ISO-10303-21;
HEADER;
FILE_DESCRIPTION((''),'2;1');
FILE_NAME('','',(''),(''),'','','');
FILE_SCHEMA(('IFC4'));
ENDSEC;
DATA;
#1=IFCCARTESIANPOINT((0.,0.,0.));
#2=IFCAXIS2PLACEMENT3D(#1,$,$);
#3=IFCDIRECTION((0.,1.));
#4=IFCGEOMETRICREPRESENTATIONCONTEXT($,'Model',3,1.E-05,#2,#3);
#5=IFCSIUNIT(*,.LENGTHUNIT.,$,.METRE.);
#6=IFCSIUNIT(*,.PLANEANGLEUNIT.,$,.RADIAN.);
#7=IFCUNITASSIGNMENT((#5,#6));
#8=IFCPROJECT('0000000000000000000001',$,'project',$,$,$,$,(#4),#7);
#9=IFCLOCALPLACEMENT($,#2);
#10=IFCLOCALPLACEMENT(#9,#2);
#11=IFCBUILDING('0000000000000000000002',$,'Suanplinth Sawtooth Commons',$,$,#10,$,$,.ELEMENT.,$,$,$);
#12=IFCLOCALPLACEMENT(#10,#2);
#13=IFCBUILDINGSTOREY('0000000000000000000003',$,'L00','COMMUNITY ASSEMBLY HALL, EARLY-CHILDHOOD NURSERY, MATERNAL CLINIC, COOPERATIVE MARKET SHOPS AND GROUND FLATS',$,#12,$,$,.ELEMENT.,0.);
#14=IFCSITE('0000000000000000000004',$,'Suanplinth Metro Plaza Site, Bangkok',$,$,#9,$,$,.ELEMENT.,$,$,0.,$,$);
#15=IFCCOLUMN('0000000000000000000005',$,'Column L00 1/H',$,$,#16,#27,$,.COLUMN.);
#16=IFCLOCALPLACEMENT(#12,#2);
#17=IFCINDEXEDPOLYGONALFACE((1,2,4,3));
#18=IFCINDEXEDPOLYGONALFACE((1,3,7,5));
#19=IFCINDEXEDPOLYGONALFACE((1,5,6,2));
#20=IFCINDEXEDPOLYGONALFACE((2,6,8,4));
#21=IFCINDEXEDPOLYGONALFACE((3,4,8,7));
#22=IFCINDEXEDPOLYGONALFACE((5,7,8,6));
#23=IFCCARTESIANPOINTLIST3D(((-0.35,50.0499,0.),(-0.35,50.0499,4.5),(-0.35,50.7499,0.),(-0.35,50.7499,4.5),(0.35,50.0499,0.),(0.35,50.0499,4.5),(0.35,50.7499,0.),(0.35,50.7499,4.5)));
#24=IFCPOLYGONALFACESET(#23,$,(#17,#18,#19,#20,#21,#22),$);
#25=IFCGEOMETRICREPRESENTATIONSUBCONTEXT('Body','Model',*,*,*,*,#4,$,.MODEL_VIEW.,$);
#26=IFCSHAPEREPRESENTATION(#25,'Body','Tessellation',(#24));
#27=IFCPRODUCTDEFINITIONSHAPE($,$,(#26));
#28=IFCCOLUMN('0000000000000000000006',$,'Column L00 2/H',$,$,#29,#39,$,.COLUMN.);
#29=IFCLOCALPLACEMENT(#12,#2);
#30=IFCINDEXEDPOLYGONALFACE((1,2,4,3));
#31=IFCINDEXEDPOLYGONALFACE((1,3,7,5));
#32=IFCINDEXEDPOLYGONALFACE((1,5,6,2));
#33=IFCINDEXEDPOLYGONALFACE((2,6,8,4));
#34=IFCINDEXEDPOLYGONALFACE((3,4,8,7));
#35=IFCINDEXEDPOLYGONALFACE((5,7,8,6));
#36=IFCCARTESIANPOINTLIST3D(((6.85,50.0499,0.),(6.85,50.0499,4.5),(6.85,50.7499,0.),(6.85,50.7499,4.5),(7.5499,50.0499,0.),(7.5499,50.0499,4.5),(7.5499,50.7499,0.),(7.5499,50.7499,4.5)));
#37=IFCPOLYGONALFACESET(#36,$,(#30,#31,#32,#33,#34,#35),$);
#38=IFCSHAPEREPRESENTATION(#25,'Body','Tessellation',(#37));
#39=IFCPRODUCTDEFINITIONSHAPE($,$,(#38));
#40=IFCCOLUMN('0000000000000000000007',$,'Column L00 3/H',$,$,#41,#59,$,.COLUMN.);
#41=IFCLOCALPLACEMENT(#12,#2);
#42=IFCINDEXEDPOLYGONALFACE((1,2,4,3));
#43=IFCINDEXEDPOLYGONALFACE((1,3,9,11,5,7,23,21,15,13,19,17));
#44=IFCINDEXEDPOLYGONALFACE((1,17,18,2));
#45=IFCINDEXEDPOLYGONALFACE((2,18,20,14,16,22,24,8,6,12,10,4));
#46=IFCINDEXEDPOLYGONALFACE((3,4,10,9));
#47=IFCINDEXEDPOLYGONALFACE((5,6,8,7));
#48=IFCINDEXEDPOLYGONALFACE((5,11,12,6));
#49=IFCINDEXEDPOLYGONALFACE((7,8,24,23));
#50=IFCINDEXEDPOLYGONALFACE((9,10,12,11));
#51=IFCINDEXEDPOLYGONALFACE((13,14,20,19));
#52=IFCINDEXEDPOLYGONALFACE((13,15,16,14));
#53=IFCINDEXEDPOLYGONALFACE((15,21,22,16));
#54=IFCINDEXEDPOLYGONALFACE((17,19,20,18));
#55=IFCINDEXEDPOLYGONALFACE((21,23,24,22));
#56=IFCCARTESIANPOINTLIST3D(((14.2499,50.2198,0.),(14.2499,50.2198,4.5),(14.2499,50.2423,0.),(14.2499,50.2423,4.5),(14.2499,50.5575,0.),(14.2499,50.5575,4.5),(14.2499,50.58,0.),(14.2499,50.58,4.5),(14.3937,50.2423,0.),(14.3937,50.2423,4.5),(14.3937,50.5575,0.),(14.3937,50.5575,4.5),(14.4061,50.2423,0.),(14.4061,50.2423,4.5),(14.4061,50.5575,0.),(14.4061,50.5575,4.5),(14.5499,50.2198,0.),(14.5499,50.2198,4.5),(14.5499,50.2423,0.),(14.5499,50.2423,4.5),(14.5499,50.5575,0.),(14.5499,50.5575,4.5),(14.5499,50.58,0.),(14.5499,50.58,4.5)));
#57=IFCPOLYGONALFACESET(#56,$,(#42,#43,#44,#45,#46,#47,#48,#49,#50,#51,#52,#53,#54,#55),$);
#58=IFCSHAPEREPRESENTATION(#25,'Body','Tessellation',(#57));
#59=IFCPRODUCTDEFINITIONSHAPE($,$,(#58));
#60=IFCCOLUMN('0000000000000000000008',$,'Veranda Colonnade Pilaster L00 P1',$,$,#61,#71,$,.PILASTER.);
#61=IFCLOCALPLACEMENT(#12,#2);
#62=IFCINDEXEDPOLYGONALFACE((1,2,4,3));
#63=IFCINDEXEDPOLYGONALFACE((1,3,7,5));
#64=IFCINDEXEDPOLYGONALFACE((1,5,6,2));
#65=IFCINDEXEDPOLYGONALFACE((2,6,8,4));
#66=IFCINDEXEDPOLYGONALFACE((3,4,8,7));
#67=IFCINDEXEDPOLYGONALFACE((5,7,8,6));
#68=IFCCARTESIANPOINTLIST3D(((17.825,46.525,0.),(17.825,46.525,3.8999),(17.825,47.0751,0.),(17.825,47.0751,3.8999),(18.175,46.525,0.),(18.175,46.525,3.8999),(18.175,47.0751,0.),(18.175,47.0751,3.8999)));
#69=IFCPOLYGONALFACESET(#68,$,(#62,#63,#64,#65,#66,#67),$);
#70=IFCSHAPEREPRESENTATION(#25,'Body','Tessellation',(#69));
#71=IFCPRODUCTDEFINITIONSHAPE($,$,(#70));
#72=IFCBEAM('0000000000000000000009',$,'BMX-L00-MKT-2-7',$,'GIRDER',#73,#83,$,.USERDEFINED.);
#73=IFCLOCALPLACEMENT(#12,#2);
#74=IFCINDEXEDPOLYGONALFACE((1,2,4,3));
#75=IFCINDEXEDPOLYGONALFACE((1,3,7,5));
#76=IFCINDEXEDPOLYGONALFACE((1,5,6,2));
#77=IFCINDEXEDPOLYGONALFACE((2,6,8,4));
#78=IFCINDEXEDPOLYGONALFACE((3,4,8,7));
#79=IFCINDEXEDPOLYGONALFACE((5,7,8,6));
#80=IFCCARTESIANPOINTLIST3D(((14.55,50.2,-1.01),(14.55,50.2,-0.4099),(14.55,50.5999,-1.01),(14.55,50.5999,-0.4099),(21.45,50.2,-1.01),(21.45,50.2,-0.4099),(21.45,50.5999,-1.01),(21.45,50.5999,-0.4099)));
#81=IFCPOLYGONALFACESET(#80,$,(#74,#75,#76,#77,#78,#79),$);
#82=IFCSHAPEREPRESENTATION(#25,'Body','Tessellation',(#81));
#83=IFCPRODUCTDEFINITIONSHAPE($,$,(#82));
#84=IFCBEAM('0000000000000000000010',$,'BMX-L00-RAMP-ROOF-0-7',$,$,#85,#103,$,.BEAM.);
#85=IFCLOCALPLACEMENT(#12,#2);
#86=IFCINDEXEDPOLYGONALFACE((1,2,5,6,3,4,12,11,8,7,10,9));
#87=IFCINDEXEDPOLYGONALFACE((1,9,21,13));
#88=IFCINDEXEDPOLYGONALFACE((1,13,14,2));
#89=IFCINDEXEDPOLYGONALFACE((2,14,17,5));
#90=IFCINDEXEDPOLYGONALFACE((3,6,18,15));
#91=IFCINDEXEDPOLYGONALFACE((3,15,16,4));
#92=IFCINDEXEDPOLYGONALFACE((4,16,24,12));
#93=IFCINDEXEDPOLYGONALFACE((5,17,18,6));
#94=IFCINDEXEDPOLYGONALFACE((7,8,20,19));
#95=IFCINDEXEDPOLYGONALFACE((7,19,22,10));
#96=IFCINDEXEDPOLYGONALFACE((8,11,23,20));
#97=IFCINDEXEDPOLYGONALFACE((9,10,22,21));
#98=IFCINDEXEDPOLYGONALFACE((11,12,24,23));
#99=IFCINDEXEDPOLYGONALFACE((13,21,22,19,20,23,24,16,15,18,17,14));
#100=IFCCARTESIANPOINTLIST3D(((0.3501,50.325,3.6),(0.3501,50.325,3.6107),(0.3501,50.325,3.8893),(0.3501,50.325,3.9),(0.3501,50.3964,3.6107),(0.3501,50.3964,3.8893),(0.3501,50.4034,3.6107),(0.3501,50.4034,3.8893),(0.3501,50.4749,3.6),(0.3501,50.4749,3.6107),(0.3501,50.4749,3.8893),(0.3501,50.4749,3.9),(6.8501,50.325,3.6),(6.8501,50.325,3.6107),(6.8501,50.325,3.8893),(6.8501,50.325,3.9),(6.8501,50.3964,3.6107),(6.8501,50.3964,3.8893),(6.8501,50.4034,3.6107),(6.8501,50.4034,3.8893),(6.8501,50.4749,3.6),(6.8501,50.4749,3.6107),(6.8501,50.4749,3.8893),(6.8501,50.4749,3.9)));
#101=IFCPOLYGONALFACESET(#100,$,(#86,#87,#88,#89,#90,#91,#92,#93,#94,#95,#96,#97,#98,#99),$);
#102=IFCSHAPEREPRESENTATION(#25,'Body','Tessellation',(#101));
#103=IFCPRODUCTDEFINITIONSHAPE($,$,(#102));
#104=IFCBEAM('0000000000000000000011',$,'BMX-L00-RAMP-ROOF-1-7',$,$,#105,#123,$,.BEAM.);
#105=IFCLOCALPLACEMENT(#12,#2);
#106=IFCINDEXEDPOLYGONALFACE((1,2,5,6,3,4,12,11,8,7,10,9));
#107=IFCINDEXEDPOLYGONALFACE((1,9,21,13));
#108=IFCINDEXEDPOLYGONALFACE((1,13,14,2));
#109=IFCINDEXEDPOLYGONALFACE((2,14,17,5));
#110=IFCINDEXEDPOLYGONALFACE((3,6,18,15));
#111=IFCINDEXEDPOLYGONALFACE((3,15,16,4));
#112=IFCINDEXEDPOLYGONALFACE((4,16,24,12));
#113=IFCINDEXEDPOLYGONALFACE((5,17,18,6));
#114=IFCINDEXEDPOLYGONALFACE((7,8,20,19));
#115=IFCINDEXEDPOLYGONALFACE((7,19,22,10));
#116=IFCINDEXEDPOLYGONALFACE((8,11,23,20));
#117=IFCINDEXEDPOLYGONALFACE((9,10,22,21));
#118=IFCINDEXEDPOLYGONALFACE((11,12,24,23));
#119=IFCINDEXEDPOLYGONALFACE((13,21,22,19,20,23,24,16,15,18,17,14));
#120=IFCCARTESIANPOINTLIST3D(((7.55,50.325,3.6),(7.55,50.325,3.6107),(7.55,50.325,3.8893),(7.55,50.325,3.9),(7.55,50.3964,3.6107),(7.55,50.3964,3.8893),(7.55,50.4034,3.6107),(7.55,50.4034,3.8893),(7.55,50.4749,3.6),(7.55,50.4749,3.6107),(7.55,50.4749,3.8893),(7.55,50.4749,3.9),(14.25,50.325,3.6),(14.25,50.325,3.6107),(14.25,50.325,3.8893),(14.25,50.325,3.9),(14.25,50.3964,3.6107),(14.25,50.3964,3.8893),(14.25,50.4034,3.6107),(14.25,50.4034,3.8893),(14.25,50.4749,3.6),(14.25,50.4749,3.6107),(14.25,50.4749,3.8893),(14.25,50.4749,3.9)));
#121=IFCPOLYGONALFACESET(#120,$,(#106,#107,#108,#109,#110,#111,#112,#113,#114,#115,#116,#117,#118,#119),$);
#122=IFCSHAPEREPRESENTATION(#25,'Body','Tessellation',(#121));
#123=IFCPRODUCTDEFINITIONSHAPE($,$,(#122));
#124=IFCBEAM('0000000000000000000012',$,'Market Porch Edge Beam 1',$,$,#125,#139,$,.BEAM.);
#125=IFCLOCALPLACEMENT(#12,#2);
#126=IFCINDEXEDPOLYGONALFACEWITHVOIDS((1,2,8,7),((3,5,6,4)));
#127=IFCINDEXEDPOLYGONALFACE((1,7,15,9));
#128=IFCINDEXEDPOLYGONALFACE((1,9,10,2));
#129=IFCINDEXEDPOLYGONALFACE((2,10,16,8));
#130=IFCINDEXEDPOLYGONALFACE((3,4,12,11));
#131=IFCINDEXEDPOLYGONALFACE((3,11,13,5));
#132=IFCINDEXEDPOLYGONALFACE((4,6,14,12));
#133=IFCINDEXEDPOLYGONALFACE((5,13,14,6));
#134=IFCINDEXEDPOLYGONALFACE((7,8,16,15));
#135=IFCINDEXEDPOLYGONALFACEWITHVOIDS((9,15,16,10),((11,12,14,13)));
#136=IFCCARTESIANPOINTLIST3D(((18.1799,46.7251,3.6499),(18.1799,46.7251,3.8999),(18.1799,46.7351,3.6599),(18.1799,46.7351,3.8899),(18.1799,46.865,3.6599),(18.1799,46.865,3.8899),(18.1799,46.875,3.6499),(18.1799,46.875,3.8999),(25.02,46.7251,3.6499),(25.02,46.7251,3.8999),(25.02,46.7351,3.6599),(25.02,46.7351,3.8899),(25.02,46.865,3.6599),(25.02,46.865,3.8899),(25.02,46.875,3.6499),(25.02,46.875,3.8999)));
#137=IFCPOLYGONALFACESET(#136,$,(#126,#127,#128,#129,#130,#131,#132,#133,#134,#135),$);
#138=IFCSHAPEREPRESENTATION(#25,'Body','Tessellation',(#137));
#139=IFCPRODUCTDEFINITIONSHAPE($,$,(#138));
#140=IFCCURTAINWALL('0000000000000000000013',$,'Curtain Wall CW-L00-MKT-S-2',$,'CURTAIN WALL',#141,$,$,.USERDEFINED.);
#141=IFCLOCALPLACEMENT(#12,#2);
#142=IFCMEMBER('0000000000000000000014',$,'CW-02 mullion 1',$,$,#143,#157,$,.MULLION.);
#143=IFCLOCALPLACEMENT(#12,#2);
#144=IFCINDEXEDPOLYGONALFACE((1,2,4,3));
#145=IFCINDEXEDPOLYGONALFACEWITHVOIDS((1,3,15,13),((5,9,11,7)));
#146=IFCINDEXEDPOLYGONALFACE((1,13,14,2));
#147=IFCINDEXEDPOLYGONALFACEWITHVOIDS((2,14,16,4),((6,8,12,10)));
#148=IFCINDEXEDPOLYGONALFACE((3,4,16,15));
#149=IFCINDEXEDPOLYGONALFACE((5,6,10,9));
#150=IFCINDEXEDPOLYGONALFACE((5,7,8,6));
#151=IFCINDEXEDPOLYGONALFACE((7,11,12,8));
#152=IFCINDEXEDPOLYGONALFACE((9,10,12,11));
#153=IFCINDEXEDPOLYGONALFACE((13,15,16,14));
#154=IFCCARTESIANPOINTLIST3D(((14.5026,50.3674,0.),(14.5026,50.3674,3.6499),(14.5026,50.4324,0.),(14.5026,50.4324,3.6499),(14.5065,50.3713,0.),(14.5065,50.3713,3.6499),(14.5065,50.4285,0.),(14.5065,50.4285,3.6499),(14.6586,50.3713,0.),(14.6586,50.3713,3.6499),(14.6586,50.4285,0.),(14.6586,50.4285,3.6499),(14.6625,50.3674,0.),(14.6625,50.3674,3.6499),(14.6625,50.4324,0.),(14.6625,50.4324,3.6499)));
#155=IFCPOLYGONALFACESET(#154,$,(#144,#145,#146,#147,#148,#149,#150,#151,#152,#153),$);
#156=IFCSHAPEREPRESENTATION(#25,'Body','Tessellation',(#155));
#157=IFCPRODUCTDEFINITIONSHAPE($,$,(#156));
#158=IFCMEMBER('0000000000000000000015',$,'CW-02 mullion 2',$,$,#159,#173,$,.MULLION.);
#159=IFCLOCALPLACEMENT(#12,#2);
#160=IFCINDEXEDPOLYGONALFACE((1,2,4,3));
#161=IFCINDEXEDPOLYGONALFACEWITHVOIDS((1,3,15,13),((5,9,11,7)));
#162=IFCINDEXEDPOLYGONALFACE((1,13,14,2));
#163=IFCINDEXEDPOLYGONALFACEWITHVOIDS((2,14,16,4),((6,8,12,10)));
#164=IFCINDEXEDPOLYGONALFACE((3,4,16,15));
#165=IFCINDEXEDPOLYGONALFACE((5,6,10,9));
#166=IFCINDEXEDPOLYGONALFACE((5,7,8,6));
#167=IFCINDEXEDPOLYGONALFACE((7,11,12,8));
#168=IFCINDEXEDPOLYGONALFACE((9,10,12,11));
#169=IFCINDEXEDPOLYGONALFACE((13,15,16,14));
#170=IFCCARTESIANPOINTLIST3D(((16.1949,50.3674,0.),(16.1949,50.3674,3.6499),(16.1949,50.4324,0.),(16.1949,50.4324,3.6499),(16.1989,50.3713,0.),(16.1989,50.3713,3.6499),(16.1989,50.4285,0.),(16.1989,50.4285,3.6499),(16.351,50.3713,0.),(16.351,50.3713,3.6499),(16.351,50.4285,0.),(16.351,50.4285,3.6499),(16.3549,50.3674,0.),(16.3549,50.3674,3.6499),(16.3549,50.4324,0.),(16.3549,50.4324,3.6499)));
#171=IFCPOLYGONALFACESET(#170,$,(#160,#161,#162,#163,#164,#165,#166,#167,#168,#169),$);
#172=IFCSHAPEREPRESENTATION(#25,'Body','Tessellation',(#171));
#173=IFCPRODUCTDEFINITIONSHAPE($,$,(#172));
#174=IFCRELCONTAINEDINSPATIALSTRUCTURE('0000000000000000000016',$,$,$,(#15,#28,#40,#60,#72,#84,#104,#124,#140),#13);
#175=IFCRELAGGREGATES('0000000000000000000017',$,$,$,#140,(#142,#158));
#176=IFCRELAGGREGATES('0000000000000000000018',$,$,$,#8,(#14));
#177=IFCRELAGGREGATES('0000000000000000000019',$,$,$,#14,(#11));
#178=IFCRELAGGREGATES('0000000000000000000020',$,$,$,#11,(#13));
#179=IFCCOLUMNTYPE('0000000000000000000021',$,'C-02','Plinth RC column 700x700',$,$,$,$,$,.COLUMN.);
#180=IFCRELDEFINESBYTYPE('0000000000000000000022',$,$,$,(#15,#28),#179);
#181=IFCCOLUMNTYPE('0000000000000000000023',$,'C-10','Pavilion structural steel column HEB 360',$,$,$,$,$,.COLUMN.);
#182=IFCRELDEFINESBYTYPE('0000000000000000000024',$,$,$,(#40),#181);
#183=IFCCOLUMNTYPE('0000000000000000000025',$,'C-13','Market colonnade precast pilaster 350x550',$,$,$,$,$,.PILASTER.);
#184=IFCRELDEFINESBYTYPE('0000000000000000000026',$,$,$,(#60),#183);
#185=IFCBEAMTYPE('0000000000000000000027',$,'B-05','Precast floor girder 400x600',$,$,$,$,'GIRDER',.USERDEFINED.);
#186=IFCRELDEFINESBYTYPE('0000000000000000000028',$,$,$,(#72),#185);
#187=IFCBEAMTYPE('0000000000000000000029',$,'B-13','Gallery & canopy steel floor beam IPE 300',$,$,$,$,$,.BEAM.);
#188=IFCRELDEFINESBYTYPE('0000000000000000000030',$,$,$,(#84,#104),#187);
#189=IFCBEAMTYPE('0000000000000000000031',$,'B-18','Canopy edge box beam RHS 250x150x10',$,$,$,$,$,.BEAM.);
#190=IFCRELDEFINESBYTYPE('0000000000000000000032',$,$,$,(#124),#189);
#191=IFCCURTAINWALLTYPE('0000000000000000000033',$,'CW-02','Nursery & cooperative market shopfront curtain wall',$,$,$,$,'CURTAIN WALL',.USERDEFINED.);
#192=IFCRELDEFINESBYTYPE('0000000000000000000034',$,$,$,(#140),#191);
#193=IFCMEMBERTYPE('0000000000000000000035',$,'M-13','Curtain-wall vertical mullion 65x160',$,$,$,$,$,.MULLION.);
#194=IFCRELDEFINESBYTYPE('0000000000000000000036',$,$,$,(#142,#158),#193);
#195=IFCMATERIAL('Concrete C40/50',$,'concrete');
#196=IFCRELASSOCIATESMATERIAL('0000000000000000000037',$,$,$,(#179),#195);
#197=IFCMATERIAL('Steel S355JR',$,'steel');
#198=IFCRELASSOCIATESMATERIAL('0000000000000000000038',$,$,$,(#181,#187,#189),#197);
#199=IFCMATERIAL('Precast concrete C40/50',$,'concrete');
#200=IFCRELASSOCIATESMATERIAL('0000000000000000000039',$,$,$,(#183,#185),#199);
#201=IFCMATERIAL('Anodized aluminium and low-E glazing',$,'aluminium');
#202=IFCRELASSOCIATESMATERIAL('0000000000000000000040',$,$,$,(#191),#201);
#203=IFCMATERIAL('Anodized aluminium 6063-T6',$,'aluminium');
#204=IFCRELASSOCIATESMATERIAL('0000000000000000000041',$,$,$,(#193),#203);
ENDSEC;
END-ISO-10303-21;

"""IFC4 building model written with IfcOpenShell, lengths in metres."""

from ifc_helpers import new_model, si_unit, direction, frame, origin, origin_2d, place, context, subcontext, project, spatial, rectangle, hollow_rectangle, i_section, extrude, material, material_profile, profile_set, type_object, element, aggregate, save


model = new_model("IFC4")

# Units and contexts
model_context = context("Model", 3, precision=1e-05, world=origin(), true_north=direction((0.0, 1.0)))
body_context = subcontext(model_context, "Body", "Model", "MODEL_VIEW")
ifc_project = project(units=[si_unit("LENGTHUNIT", "METRE"), si_unit("PLANEANGLEUNIT", "RADIAN")], contexts=[model_context])

# Site, building, storey
site_placement = place(None, origin())
site = spatial("IfcSite", under=ifc_project, at=site_placement, Name="Suanplinth Metro Plaza Site, Bangkok", CompositionType="ELEMENT", RefElevation=0.0)
building_placement = place(site_placement, origin())
building = spatial("IfcBuilding", under=site, at=building_placement, Name="Suanplinth Sawtooth Commons", CompositionType="ELEMENT")
storey_placement = place(building_placement, origin())
storey = spatial("IfcBuildingStorey", under=building, at=storey_placement, Name="L00", Description="COMMUNITY ASSEMBLY HALL, EARLY-CHILDHOOD NURSERY, MATERNAL CLINIC, COOPERATIVE MARKET SHOPS AND GROUND FLATS", CompositionType="ELEMENT", Elevation=0.0)

# Columns
ifc_material_1 = material(Name="Concrete C40/50", Category="concrete")
ifc_material_profile_1 = material_profile(ifc_material_1, rectangle(XDim=0.7, YDim=0.7, at=origin_2d()), Name="RC-COL 700x700")
ifc_profile_set_1 = profile_set([ifc_material_profile_1], Name="Concrete C40/50")
column_type_1 = type_object("IfcColumnType", Name="C-02", Description="Plinth RC column 700x700", PredefinedType="COLUMN", material=ifc_profile_set_1)
for number, where, z_axis, x_axis, name in (
    (1, (0.0, 50.3999, 0.0), (0.0, 0.0, 1.0), (1.0, 0.0, 0.0), "Column L00 1/H"),
    (2, (7.2, 50.3999, 0.0), (0.0, 0.0, 1.0), (1.0, 0.0, 0.0), "Column L00 2/H"),
):
    element("IfcColumn", number, at=place(storey_placement, frame(where, z_axis=z_axis, x_axis=x_axis)), inside=storey, type_object=column_type_1, Name=name, PredefinedType="COLUMN", context=body_context, shape_type="SweptSolid", body=[
        extrude(rectangle(XDim=0.7, YDim=0.7, at=origin_2d()), origin(), (0.0, 0.0, 1.0), 4.5),
    ])
ifc_material_2 = material(Name="Steel S355JR", Category="steel")
ifc_material_profile_2 = material_profile(ifc_material_2, i_section(OverallWidth=0.3, OverallDepth=0.3601, WebThickness=0.0125, FlangeThickness=0.0225, at=origin_2d()), Name="HEB 360")
ifc_profile_set_2 = profile_set([ifc_material_profile_2], Name="Steel S355JR")
column_type_2 = type_object("IfcColumnType", Name="C-10", Description="Pavilion structural steel column HEB 360", PredefinedType="COLUMN", material=ifc_profile_set_2)
column_1_placement = place(storey_placement, frame((14.3999, 50.3999, 0.0), z_axis=(0.0, 0.0, 1.0), x_axis=(1.0, 0.0, 0.0)))
element("IfcColumn", 3, at=column_1_placement, inside=storey, type_object=column_type_2, Name="Column L00 3/H", PredefinedType="COLUMN", context=body_context, shape_type="SweptSolid", body=[
    extrude(i_section(OverallWidth=0.3, OverallDepth=0.3601, WebThickness=0.0125, FlangeThickness=0.0225, at=origin_2d()), origin(), (0.0, 0.0, 1.0), 4.5),
])
ifc_material_3 = material(Name="Precast concrete C40/50", Category="concrete")
ifc_material_profile_3 = material_profile(ifc_material_3, rectangle(XDim=0.3501, YDim=0.55, at=origin_2d()), Name="PC-PIL 350x550")
ifc_profile_set_3 = profile_set([ifc_material_profile_3], Name="Precast concrete C40/50")
column_type_3 = type_object("IfcColumnType", Name="C-13", Description="Market colonnade precast pilaster 350x550", PredefinedType="PILASTER", material=ifc_profile_set_3)
column_2_placement = place(storey_placement, frame((18.0, 46.8, 0.0), z_axis=(0.0, 0.0, 1.0), x_axis=(1.0, 0.0, 0.0)))
element("IfcColumn", 4, at=column_2_placement, inside=storey, type_object=column_type_3, Name="Veranda Colonnade Pilaster L00 P1", PredefinedType="PILASTER", context=body_context, shape_type="SweptSolid", body=[
    extrude(rectangle(XDim=0.3501, YDim=0.55, at=origin_2d()), origin(), (0.0, 0.0, 1.0), 3.8999),
])

# Beams
ifc_material_profile_4 = material_profile(ifc_material_3, rectangle(XDim=0.3999, YDim=0.6001, at=origin_2d()), Name="PC-GDR 400x600")
ifc_profile_set_4 = profile_set([ifc_material_profile_4], Name="Precast concrete C40/50")
beam_type_1 = type_object("IfcBeamType", Name="B-05", Description="Precast floor girder 400x600", ElementType="GIRDER", PredefinedType="USERDEFINED", material=ifc_profile_set_4)
beam_1_placement = place(storey_placement, frame((14.55, 50.3999, -0.71), z_axis=(1.0, 0.0, 0.0), x_axis=(0.0, 1.0, 0.0)))
element("IfcBeam", 5, at=beam_1_placement, inside=storey, type_object=beam_type_1, Name="BMX-L00-MKT-2-7", ObjectType="GIRDER", PredefinedType="USERDEFINED", context=body_context, shape_type="SweptSolid", body=[
    extrude(rectangle(XDim=0.3999, YDim=0.6001, at=origin_2d()), origin(), (0.0, 0.0, 1.0), 6.8999),
])
ifc_material_profile_5 = material_profile(ifc_material_2, i_section(OverallWidth=0.1499, OverallDepth=0.3, WebThickness=0.0071, FlangeThickness=0.0107, at=origin_2d()), Name="IPE 300")
ifc_profile_set_5 = profile_set([ifc_material_profile_5], Name="Steel S355JR")
beam_type_2 = type_object("IfcBeamType", Name="B-13", Description="Gallery & canopy steel floor beam IPE 300", PredefinedType="BEAM", material=ifc_profile_set_5)
beam_2_placement = place(storey_placement, frame((0.3501, 50.3999, 3.75), z_axis=(1.0, 0.0, 0.0), x_axis=(0.0, 1.0, 0.0)))
element("IfcBeam", 6, at=beam_2_placement, inside=storey, type_object=beam_type_2, Name="BMX-L00-RAMP-ROOF-0-7", PredefinedType="BEAM", context=body_context, shape_type="SweptSolid", body=[
    extrude(i_section(OverallWidth=0.1499, OverallDepth=0.3, WebThickness=0.0071, FlangeThickness=0.0107, at=origin_2d()), origin(), (0.0, 0.0, 1.0), 6.5),
])
beam_3_placement = place(storey_placement, frame((7.55, 50.3999, 3.75), z_axis=(1.0, 0.0, 0.0), x_axis=(0.0, 1.0, 0.0)))
element("IfcBeam", 7, at=beam_3_placement, inside=storey, type_object=beam_type_2, Name="BMX-L00-RAMP-ROOF-1-7", PredefinedType="BEAM", context=body_context, shape_type="SweptSolid", body=[
    extrude(i_section(OverallWidth=0.1499, OverallDepth=0.3, WebThickness=0.0071, FlangeThickness=0.0107, at=origin_2d()), origin(), (0.0, 0.0, 1.0), 6.7),
])
ifc_material_profile_6 = material_profile(ifc_material_2, hollow_rectangle(XDim=0.1499, YDim=0.25, WallThickness=0.01, at=origin_2d()), Name="RHS 250x150x10")
ifc_profile_set_6 = profile_set([ifc_material_profile_6], Name="Steel S355JR")
beam_type_3 = type_object("IfcBeamType", Name="B-18", Description="Canopy edge box beam RHS 250x150x10", PredefinedType="BEAM", material=ifc_profile_set_6)
beam_4_placement = place(storey_placement, frame((18.1799, 46.8, 3.7749), z_axis=(1.0, 0.0, 0.0), x_axis=(0.0, 1.0, 0.0)))
element("IfcBeam", 8, at=beam_4_placement, inside=storey, type_object=beam_type_3, Name="Market Porch Edge Beam 1", PredefinedType="BEAM", context=body_context, shape_type="SweptSolid", body=[
    extrude(hollow_rectangle(XDim=0.1499, YDim=0.25, WallThickness=0.01, at=origin_2d()), origin(), (0.0, 0.0, 1.0), 6.8401),
])

# Curtain wall, members
ifc_material_4 = material(Name="Anodized aluminium and low-E glazing", Category="aluminium")
curtain_wall_type = type_object("IfcCurtainWallType", Name="CW-02", Description="Nursery & cooperative market shopfront curtain wall", ElementType="CURTAIN WALL", PredefinedType="USERDEFINED", material=ifc_material_4)
curtain_wall_placement = place(storey_placement, origin())
curtain_wall = element("IfcCurtainWall", 9, at=curtain_wall_placement, inside=storey, type_object=curtain_wall_type, Name="Curtain Wall CW-L00-MKT-S-2", ObjectType="CURTAIN WALL", PredefinedType="USERDEFINED")
ifc_material_5 = material(Name="Anodized aluminium 6063-T6", Category="aluminium")
ifc_material_profile_7 = material_profile(ifc_material_5, hollow_rectangle(XDim=0.0649, YDim=0.1599, WallThickness=0.0039, at=origin_2d()), Name="ALU-MUL 65x160")
ifc_profile_set_7 = profile_set([ifc_material_profile_7], Name="Anodized aluminium 6063-T6")
member_type_1 = type_object("IfcMemberType", Name="M-13", Description="Curtain-wall vertical mullion 65x160", PredefinedType="MULLION", material=ifc_profile_set_7)
member_1_placement = place(storey_placement, frame((14.5825, 50.3999, 0.0), z_axis=(0.0, 0.0, 1.0), x_axis=(0.0, 1.0, 0.0)))
member_1 = element("IfcMember", 10, at=member_1_placement, type_object=member_type_1, Name="CW-02 mullion 1", PredefinedType="MULLION", context=body_context, shape_type="SweptSolid", body=[
    extrude(hollow_rectangle(XDim=0.0649, YDim=0.1599, WallThickness=0.0039, at=origin_2d()), origin(), (0.0, 0.0, 1.0), 3.6499),
])
member_2_placement = place(storey_placement, frame((16.2749, 50.3999, 0.0), z_axis=(0.0, 0.0, 1.0), x_axis=(0.0, 1.0, 0.0)))
member_2 = element("IfcMember", 11, at=member_2_placement, type_object=member_type_1, Name="CW-02 mullion 2", PredefinedType="MULLION", context=body_context, shape_type="SweptSolid", body=[
    extrude(hollow_rectangle(XDim=0.0649, YDim=0.1599, WallThickness=0.0039, at=origin_2d()), origin(), (0.0, 0.0, 1.0), 3.6499),
])
aggregate(curtain_wall, [member_1, member_2])

save(model, "model.ifc")
